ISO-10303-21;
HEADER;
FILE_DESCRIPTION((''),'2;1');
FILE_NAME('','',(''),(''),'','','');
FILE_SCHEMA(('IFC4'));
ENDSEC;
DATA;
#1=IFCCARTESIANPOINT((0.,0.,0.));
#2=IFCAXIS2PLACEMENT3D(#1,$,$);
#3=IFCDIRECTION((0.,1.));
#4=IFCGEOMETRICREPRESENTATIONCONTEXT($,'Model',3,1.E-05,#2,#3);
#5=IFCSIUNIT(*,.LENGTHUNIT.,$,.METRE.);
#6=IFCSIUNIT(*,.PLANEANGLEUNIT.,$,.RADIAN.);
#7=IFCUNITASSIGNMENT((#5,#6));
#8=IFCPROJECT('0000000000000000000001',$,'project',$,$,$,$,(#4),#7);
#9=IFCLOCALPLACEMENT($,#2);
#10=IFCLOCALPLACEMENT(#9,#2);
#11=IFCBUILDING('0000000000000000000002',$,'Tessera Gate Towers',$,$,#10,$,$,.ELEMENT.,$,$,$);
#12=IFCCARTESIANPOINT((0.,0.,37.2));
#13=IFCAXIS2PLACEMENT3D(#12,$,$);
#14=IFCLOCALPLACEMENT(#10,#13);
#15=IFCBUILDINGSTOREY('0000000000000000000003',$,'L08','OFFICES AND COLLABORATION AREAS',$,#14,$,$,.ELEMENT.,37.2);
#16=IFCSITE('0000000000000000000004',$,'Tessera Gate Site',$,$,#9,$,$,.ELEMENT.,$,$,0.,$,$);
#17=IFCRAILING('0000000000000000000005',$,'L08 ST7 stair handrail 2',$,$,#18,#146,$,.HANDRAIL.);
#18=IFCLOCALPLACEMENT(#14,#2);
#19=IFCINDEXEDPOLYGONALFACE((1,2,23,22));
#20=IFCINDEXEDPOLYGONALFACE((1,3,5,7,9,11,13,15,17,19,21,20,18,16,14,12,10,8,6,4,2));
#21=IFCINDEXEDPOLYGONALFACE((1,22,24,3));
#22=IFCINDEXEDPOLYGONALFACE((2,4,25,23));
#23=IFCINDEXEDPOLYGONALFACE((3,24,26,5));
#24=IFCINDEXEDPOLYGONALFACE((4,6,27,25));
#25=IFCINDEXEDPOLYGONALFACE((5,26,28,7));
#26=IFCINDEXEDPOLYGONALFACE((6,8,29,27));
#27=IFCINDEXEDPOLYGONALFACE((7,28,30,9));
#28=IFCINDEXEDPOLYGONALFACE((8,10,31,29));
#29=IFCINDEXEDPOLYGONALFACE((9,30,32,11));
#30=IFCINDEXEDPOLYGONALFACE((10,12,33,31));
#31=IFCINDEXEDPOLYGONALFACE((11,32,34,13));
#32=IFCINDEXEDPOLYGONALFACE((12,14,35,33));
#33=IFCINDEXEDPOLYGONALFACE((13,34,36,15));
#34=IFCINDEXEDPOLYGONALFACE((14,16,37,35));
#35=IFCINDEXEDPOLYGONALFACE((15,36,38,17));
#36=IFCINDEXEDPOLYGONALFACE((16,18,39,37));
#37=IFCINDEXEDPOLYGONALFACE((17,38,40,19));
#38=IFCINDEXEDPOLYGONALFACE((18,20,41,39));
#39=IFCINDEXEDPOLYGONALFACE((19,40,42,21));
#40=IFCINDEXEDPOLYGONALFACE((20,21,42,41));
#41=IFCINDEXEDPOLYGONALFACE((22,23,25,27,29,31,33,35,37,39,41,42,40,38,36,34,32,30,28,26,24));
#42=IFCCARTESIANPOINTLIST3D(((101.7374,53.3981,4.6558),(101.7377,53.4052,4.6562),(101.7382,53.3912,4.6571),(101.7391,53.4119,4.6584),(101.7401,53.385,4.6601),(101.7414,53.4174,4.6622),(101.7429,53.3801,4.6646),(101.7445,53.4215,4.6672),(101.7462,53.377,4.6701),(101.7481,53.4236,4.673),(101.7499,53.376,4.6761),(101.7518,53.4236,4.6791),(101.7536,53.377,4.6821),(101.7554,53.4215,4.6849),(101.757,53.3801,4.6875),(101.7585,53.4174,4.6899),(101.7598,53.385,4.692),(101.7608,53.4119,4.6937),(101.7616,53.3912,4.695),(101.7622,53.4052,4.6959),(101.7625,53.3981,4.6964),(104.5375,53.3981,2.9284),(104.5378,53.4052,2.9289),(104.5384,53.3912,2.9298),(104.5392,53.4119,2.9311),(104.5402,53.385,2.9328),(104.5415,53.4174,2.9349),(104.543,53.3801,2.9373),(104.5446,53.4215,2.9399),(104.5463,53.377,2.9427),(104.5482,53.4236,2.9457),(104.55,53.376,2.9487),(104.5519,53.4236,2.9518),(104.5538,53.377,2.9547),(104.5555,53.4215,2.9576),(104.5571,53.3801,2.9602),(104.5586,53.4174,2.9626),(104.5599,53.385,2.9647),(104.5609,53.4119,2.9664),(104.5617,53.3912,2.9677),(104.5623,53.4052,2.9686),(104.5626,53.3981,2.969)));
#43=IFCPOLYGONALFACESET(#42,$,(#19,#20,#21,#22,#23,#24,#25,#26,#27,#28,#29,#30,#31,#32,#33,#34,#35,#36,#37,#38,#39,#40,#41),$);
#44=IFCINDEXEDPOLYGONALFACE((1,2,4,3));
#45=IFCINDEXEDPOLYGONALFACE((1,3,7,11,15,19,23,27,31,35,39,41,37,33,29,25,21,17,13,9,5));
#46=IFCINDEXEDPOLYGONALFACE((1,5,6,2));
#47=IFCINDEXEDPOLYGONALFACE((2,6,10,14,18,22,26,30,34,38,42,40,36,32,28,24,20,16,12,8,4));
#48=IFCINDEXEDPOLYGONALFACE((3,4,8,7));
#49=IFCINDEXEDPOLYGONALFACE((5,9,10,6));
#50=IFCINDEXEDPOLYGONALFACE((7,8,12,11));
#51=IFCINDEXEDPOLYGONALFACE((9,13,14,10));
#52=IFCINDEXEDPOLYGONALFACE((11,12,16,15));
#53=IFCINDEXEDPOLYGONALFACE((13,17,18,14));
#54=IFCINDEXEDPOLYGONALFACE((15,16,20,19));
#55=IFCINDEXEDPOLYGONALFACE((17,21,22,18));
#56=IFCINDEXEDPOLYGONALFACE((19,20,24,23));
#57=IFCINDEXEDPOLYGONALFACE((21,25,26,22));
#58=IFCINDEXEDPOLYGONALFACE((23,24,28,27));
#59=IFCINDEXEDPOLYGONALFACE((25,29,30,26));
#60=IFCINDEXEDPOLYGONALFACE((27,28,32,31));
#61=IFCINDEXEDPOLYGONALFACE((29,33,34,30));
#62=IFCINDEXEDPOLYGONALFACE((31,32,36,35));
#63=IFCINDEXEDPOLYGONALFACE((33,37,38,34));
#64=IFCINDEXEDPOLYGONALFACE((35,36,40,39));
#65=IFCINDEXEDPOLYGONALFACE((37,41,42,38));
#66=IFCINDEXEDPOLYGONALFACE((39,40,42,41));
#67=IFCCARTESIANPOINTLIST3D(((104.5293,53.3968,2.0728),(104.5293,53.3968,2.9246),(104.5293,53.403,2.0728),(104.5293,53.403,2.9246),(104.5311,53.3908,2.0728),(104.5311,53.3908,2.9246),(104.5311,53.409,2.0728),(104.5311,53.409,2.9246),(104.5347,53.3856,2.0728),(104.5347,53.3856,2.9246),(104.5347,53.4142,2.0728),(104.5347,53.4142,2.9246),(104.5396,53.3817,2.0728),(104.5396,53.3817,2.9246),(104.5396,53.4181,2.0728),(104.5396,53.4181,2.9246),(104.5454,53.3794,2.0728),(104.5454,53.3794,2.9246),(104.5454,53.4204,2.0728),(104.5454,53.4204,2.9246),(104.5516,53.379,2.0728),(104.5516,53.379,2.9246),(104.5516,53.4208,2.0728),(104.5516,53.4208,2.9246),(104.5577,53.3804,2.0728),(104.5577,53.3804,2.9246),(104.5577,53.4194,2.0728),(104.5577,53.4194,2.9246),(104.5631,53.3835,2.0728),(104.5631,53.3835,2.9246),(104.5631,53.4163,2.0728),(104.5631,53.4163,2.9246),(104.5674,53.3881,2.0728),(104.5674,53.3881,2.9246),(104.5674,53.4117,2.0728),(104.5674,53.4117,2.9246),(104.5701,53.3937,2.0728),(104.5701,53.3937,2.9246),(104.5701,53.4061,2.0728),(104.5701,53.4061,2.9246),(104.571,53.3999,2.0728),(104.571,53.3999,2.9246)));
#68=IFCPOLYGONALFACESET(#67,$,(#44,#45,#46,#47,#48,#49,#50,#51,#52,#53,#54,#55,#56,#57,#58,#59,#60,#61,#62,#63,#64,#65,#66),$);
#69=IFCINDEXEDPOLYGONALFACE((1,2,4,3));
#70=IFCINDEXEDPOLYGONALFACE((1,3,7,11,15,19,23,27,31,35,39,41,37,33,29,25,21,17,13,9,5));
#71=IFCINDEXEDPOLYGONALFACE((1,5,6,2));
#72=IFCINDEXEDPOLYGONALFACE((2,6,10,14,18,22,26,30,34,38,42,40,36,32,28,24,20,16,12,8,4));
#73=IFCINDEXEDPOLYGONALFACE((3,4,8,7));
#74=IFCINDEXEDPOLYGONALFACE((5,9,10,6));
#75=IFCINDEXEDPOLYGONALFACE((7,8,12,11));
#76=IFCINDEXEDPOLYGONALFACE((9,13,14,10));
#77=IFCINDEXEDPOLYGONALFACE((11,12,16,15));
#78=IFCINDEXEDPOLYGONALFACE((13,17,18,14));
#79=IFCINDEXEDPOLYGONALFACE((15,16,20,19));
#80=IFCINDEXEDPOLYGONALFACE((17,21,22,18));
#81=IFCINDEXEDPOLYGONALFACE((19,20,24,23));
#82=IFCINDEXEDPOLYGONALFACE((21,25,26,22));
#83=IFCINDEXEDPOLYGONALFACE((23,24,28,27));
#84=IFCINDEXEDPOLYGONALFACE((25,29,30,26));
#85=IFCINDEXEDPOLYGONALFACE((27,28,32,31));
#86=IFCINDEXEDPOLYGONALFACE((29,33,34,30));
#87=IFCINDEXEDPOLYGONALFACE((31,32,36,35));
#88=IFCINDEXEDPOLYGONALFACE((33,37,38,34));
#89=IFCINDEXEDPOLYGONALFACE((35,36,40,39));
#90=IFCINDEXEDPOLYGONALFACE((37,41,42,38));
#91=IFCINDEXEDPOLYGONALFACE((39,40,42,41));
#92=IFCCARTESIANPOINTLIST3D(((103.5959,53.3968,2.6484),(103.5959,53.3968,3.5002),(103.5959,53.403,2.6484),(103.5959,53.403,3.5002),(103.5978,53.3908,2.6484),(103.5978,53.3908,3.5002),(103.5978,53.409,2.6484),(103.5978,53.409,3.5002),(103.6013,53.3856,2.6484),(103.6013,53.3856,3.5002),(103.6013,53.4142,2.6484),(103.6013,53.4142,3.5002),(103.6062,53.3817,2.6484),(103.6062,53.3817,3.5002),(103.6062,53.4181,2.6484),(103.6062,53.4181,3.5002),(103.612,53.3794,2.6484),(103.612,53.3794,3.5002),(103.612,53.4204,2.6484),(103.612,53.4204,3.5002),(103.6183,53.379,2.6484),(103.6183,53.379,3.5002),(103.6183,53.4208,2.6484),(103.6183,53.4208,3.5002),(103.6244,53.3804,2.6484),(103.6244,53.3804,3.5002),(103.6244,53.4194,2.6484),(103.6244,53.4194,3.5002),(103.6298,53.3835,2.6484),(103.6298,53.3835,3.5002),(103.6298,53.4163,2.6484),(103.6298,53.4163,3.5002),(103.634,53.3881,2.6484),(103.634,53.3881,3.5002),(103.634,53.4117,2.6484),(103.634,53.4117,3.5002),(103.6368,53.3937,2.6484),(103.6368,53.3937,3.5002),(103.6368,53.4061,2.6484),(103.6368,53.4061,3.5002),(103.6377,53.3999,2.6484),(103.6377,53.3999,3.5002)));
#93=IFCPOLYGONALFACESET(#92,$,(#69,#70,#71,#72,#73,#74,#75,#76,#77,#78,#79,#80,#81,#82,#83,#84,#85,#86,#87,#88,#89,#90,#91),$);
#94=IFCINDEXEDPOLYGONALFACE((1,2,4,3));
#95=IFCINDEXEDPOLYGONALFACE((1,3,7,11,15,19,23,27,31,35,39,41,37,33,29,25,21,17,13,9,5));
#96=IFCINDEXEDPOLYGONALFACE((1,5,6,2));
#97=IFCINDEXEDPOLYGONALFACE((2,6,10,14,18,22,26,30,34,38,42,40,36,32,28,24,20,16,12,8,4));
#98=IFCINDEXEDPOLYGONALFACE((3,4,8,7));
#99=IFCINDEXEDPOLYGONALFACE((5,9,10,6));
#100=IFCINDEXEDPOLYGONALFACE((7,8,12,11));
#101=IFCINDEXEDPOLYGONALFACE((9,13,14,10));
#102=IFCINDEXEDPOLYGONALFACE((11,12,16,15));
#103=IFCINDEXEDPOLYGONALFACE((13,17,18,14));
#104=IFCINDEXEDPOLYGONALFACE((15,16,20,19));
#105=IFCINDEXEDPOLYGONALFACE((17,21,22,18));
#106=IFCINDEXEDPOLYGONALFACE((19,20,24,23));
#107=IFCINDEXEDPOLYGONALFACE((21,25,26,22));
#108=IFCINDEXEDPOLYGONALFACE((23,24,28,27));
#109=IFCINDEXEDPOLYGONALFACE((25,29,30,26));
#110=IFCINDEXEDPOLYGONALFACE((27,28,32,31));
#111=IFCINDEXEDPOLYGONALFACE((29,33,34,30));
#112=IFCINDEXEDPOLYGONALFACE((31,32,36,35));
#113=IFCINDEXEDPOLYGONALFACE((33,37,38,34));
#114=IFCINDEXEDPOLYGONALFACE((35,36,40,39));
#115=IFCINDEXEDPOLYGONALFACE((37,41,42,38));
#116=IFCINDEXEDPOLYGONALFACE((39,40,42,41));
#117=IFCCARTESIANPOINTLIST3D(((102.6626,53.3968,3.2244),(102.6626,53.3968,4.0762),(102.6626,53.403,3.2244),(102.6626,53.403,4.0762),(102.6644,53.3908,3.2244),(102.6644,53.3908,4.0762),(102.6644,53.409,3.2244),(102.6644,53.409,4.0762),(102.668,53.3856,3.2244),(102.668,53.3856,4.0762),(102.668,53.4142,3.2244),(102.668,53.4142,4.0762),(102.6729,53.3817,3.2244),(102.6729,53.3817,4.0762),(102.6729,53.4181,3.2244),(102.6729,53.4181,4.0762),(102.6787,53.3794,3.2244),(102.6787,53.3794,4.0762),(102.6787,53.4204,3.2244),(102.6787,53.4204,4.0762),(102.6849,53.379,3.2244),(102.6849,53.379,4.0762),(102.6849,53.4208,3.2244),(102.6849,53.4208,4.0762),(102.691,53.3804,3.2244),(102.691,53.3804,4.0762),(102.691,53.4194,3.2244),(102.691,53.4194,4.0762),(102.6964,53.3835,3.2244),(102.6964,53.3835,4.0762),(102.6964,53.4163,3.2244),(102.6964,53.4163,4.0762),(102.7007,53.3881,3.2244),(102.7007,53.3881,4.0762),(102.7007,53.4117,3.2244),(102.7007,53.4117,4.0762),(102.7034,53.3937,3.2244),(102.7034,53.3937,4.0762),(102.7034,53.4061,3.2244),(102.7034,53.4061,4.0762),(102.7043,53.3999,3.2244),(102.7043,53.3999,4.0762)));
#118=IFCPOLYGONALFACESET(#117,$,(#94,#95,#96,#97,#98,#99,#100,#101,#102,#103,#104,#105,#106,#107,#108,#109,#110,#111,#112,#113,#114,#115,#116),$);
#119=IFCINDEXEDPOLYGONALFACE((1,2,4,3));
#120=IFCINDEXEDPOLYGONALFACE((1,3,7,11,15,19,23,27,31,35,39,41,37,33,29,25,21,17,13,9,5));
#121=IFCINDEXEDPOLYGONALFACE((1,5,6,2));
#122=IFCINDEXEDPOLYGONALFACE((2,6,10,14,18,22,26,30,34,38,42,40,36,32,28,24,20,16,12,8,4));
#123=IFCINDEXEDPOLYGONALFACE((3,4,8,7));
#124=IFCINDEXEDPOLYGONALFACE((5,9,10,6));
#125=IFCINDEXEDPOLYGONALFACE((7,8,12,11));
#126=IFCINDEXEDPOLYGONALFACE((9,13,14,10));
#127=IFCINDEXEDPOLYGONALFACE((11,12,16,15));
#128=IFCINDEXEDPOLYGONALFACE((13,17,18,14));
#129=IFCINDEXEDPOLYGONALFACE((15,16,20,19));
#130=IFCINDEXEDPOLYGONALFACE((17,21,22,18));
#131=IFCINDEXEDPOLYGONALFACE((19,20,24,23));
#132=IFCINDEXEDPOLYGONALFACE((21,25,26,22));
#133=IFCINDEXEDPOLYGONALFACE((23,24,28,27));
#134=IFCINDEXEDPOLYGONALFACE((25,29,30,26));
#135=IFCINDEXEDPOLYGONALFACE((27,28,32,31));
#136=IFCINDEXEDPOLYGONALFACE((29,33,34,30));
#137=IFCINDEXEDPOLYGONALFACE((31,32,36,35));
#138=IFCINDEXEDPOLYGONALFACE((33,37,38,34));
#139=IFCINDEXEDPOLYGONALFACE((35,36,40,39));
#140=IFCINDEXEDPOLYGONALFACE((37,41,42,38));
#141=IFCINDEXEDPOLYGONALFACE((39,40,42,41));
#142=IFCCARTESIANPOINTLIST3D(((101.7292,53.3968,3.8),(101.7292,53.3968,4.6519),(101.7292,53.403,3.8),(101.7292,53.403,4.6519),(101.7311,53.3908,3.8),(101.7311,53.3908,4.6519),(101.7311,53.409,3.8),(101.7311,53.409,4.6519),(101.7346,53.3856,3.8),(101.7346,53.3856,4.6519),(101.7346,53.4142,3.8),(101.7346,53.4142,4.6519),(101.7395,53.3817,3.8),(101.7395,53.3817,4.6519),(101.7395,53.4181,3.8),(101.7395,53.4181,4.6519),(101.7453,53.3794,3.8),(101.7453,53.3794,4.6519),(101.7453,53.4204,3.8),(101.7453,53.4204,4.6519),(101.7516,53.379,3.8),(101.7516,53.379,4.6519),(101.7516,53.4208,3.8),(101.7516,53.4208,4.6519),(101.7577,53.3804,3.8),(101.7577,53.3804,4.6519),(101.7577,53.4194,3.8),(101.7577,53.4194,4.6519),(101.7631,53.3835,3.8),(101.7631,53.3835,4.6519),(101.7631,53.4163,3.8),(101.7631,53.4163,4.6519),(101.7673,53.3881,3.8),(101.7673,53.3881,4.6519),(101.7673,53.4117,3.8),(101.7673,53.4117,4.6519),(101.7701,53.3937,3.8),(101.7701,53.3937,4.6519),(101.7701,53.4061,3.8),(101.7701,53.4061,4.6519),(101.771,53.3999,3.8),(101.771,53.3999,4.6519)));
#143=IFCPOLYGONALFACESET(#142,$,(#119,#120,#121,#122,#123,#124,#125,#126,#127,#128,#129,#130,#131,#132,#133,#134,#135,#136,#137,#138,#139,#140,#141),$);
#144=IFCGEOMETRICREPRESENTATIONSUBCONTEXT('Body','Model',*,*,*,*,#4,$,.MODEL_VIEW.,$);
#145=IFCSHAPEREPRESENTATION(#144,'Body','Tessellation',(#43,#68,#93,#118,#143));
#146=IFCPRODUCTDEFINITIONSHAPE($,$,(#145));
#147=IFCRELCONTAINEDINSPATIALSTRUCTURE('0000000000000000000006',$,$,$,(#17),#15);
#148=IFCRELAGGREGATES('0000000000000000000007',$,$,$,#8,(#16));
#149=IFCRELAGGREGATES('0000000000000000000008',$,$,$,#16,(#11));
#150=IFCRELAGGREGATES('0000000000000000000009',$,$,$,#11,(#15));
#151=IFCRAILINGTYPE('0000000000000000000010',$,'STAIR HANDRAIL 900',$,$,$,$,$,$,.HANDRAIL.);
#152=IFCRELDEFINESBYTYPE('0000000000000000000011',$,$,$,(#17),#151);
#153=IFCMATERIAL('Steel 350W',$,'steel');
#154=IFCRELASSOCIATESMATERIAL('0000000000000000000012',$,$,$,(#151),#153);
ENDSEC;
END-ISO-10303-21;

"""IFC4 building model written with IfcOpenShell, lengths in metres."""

from ifc_helpers import new_model, si_unit, direction, frame, origin, origin_2d, place, context, subcontext, project, spatial, circle, extrude, material, type_object, element, save


model = new_model("IFC4")

# Units and contexts
model_context = context("Model", 3, precision=1e-05, world=origin(), true_north=direction((0.0, 1.0)))
body_context = subcontext(model_context, "Body", "Model", "MODEL_VIEW")
ifc_project = project(units=[si_unit("LENGTHUNIT", "METRE"), si_unit("PLANEANGLEUNIT", "RADIAN")], contexts=[model_context])

# Site, building, storey
site_placement = place(None, origin())
site = spatial("IfcSite", under=ifc_project, at=site_placement, Name="Tessera Gate Site", CompositionType="ELEMENT", RefElevation=0.0)
building_placement = place(site_placement, origin())
building = spatial("IfcBuilding", under=site, at=building_placement, Name="Tessera Gate Towers", CompositionType="ELEMENT")
storey_placement = place(building_placement, frame((0.0, 0.0, 37.2)))
storey = spatial("IfcBuildingStorey", under=building, at=storey_placement, Name="L08", Description="OFFICES AND COLLABORATION AREAS", CompositionType="ELEMENT", Elevation=37.2)

# Railing
ifc_material_1 = material(Name="Steel 350W", Category="steel")
railing_type_1 = type_object("IfcRailingType", Name="STAIR HANDRAIL 900", PredefinedType="HANDRAIL", material=ifc_material_1)
railing_1_placement = place(storey_placement, frame((104.55, 53.3999, 2.0728)))
element("IfcRailing", 1, at=railing_1_placement, inside=storey, type_object=railing_type_1, Name="L08 ST7 stair handrail 2", PredefinedType="HANDRAIL", context=body_context, shape_type="SweptSolid", body=[
    extrude(circle(Radius=0.0239, at=origin_2d()), frame((0.0, 0.0, 0.876), z_axis=(-0.85109, 0.0, 0.52502), x_axis=(0.0, -1.0, 0.0)), (0.0, 0.0, 1.0), 3.29),
    extrude(circle(Radius=0.021, at=origin_2d()), origin(), (0.0, 0.0, 1.0), 0.8518),
    extrude(circle(Radius=0.021, at=origin_2d()), frame((-0.9333, 0.0, 0.5757)), (0.0, 0.0, 1.0), 0.8518),
    extrude(circle(Radius=0.021, at=origin_2d()), frame((-1.8667, 0.0, 1.1516)), (0.0, 0.0, 1.0), 0.8518),
    extrude(circle(Radius=0.021, at=origin_2d()), frame((-2.8, 0.0, 1.7273)), (0.0, 0.0, 1.0), 0.8518),
])

save(model, "model.ifc")
